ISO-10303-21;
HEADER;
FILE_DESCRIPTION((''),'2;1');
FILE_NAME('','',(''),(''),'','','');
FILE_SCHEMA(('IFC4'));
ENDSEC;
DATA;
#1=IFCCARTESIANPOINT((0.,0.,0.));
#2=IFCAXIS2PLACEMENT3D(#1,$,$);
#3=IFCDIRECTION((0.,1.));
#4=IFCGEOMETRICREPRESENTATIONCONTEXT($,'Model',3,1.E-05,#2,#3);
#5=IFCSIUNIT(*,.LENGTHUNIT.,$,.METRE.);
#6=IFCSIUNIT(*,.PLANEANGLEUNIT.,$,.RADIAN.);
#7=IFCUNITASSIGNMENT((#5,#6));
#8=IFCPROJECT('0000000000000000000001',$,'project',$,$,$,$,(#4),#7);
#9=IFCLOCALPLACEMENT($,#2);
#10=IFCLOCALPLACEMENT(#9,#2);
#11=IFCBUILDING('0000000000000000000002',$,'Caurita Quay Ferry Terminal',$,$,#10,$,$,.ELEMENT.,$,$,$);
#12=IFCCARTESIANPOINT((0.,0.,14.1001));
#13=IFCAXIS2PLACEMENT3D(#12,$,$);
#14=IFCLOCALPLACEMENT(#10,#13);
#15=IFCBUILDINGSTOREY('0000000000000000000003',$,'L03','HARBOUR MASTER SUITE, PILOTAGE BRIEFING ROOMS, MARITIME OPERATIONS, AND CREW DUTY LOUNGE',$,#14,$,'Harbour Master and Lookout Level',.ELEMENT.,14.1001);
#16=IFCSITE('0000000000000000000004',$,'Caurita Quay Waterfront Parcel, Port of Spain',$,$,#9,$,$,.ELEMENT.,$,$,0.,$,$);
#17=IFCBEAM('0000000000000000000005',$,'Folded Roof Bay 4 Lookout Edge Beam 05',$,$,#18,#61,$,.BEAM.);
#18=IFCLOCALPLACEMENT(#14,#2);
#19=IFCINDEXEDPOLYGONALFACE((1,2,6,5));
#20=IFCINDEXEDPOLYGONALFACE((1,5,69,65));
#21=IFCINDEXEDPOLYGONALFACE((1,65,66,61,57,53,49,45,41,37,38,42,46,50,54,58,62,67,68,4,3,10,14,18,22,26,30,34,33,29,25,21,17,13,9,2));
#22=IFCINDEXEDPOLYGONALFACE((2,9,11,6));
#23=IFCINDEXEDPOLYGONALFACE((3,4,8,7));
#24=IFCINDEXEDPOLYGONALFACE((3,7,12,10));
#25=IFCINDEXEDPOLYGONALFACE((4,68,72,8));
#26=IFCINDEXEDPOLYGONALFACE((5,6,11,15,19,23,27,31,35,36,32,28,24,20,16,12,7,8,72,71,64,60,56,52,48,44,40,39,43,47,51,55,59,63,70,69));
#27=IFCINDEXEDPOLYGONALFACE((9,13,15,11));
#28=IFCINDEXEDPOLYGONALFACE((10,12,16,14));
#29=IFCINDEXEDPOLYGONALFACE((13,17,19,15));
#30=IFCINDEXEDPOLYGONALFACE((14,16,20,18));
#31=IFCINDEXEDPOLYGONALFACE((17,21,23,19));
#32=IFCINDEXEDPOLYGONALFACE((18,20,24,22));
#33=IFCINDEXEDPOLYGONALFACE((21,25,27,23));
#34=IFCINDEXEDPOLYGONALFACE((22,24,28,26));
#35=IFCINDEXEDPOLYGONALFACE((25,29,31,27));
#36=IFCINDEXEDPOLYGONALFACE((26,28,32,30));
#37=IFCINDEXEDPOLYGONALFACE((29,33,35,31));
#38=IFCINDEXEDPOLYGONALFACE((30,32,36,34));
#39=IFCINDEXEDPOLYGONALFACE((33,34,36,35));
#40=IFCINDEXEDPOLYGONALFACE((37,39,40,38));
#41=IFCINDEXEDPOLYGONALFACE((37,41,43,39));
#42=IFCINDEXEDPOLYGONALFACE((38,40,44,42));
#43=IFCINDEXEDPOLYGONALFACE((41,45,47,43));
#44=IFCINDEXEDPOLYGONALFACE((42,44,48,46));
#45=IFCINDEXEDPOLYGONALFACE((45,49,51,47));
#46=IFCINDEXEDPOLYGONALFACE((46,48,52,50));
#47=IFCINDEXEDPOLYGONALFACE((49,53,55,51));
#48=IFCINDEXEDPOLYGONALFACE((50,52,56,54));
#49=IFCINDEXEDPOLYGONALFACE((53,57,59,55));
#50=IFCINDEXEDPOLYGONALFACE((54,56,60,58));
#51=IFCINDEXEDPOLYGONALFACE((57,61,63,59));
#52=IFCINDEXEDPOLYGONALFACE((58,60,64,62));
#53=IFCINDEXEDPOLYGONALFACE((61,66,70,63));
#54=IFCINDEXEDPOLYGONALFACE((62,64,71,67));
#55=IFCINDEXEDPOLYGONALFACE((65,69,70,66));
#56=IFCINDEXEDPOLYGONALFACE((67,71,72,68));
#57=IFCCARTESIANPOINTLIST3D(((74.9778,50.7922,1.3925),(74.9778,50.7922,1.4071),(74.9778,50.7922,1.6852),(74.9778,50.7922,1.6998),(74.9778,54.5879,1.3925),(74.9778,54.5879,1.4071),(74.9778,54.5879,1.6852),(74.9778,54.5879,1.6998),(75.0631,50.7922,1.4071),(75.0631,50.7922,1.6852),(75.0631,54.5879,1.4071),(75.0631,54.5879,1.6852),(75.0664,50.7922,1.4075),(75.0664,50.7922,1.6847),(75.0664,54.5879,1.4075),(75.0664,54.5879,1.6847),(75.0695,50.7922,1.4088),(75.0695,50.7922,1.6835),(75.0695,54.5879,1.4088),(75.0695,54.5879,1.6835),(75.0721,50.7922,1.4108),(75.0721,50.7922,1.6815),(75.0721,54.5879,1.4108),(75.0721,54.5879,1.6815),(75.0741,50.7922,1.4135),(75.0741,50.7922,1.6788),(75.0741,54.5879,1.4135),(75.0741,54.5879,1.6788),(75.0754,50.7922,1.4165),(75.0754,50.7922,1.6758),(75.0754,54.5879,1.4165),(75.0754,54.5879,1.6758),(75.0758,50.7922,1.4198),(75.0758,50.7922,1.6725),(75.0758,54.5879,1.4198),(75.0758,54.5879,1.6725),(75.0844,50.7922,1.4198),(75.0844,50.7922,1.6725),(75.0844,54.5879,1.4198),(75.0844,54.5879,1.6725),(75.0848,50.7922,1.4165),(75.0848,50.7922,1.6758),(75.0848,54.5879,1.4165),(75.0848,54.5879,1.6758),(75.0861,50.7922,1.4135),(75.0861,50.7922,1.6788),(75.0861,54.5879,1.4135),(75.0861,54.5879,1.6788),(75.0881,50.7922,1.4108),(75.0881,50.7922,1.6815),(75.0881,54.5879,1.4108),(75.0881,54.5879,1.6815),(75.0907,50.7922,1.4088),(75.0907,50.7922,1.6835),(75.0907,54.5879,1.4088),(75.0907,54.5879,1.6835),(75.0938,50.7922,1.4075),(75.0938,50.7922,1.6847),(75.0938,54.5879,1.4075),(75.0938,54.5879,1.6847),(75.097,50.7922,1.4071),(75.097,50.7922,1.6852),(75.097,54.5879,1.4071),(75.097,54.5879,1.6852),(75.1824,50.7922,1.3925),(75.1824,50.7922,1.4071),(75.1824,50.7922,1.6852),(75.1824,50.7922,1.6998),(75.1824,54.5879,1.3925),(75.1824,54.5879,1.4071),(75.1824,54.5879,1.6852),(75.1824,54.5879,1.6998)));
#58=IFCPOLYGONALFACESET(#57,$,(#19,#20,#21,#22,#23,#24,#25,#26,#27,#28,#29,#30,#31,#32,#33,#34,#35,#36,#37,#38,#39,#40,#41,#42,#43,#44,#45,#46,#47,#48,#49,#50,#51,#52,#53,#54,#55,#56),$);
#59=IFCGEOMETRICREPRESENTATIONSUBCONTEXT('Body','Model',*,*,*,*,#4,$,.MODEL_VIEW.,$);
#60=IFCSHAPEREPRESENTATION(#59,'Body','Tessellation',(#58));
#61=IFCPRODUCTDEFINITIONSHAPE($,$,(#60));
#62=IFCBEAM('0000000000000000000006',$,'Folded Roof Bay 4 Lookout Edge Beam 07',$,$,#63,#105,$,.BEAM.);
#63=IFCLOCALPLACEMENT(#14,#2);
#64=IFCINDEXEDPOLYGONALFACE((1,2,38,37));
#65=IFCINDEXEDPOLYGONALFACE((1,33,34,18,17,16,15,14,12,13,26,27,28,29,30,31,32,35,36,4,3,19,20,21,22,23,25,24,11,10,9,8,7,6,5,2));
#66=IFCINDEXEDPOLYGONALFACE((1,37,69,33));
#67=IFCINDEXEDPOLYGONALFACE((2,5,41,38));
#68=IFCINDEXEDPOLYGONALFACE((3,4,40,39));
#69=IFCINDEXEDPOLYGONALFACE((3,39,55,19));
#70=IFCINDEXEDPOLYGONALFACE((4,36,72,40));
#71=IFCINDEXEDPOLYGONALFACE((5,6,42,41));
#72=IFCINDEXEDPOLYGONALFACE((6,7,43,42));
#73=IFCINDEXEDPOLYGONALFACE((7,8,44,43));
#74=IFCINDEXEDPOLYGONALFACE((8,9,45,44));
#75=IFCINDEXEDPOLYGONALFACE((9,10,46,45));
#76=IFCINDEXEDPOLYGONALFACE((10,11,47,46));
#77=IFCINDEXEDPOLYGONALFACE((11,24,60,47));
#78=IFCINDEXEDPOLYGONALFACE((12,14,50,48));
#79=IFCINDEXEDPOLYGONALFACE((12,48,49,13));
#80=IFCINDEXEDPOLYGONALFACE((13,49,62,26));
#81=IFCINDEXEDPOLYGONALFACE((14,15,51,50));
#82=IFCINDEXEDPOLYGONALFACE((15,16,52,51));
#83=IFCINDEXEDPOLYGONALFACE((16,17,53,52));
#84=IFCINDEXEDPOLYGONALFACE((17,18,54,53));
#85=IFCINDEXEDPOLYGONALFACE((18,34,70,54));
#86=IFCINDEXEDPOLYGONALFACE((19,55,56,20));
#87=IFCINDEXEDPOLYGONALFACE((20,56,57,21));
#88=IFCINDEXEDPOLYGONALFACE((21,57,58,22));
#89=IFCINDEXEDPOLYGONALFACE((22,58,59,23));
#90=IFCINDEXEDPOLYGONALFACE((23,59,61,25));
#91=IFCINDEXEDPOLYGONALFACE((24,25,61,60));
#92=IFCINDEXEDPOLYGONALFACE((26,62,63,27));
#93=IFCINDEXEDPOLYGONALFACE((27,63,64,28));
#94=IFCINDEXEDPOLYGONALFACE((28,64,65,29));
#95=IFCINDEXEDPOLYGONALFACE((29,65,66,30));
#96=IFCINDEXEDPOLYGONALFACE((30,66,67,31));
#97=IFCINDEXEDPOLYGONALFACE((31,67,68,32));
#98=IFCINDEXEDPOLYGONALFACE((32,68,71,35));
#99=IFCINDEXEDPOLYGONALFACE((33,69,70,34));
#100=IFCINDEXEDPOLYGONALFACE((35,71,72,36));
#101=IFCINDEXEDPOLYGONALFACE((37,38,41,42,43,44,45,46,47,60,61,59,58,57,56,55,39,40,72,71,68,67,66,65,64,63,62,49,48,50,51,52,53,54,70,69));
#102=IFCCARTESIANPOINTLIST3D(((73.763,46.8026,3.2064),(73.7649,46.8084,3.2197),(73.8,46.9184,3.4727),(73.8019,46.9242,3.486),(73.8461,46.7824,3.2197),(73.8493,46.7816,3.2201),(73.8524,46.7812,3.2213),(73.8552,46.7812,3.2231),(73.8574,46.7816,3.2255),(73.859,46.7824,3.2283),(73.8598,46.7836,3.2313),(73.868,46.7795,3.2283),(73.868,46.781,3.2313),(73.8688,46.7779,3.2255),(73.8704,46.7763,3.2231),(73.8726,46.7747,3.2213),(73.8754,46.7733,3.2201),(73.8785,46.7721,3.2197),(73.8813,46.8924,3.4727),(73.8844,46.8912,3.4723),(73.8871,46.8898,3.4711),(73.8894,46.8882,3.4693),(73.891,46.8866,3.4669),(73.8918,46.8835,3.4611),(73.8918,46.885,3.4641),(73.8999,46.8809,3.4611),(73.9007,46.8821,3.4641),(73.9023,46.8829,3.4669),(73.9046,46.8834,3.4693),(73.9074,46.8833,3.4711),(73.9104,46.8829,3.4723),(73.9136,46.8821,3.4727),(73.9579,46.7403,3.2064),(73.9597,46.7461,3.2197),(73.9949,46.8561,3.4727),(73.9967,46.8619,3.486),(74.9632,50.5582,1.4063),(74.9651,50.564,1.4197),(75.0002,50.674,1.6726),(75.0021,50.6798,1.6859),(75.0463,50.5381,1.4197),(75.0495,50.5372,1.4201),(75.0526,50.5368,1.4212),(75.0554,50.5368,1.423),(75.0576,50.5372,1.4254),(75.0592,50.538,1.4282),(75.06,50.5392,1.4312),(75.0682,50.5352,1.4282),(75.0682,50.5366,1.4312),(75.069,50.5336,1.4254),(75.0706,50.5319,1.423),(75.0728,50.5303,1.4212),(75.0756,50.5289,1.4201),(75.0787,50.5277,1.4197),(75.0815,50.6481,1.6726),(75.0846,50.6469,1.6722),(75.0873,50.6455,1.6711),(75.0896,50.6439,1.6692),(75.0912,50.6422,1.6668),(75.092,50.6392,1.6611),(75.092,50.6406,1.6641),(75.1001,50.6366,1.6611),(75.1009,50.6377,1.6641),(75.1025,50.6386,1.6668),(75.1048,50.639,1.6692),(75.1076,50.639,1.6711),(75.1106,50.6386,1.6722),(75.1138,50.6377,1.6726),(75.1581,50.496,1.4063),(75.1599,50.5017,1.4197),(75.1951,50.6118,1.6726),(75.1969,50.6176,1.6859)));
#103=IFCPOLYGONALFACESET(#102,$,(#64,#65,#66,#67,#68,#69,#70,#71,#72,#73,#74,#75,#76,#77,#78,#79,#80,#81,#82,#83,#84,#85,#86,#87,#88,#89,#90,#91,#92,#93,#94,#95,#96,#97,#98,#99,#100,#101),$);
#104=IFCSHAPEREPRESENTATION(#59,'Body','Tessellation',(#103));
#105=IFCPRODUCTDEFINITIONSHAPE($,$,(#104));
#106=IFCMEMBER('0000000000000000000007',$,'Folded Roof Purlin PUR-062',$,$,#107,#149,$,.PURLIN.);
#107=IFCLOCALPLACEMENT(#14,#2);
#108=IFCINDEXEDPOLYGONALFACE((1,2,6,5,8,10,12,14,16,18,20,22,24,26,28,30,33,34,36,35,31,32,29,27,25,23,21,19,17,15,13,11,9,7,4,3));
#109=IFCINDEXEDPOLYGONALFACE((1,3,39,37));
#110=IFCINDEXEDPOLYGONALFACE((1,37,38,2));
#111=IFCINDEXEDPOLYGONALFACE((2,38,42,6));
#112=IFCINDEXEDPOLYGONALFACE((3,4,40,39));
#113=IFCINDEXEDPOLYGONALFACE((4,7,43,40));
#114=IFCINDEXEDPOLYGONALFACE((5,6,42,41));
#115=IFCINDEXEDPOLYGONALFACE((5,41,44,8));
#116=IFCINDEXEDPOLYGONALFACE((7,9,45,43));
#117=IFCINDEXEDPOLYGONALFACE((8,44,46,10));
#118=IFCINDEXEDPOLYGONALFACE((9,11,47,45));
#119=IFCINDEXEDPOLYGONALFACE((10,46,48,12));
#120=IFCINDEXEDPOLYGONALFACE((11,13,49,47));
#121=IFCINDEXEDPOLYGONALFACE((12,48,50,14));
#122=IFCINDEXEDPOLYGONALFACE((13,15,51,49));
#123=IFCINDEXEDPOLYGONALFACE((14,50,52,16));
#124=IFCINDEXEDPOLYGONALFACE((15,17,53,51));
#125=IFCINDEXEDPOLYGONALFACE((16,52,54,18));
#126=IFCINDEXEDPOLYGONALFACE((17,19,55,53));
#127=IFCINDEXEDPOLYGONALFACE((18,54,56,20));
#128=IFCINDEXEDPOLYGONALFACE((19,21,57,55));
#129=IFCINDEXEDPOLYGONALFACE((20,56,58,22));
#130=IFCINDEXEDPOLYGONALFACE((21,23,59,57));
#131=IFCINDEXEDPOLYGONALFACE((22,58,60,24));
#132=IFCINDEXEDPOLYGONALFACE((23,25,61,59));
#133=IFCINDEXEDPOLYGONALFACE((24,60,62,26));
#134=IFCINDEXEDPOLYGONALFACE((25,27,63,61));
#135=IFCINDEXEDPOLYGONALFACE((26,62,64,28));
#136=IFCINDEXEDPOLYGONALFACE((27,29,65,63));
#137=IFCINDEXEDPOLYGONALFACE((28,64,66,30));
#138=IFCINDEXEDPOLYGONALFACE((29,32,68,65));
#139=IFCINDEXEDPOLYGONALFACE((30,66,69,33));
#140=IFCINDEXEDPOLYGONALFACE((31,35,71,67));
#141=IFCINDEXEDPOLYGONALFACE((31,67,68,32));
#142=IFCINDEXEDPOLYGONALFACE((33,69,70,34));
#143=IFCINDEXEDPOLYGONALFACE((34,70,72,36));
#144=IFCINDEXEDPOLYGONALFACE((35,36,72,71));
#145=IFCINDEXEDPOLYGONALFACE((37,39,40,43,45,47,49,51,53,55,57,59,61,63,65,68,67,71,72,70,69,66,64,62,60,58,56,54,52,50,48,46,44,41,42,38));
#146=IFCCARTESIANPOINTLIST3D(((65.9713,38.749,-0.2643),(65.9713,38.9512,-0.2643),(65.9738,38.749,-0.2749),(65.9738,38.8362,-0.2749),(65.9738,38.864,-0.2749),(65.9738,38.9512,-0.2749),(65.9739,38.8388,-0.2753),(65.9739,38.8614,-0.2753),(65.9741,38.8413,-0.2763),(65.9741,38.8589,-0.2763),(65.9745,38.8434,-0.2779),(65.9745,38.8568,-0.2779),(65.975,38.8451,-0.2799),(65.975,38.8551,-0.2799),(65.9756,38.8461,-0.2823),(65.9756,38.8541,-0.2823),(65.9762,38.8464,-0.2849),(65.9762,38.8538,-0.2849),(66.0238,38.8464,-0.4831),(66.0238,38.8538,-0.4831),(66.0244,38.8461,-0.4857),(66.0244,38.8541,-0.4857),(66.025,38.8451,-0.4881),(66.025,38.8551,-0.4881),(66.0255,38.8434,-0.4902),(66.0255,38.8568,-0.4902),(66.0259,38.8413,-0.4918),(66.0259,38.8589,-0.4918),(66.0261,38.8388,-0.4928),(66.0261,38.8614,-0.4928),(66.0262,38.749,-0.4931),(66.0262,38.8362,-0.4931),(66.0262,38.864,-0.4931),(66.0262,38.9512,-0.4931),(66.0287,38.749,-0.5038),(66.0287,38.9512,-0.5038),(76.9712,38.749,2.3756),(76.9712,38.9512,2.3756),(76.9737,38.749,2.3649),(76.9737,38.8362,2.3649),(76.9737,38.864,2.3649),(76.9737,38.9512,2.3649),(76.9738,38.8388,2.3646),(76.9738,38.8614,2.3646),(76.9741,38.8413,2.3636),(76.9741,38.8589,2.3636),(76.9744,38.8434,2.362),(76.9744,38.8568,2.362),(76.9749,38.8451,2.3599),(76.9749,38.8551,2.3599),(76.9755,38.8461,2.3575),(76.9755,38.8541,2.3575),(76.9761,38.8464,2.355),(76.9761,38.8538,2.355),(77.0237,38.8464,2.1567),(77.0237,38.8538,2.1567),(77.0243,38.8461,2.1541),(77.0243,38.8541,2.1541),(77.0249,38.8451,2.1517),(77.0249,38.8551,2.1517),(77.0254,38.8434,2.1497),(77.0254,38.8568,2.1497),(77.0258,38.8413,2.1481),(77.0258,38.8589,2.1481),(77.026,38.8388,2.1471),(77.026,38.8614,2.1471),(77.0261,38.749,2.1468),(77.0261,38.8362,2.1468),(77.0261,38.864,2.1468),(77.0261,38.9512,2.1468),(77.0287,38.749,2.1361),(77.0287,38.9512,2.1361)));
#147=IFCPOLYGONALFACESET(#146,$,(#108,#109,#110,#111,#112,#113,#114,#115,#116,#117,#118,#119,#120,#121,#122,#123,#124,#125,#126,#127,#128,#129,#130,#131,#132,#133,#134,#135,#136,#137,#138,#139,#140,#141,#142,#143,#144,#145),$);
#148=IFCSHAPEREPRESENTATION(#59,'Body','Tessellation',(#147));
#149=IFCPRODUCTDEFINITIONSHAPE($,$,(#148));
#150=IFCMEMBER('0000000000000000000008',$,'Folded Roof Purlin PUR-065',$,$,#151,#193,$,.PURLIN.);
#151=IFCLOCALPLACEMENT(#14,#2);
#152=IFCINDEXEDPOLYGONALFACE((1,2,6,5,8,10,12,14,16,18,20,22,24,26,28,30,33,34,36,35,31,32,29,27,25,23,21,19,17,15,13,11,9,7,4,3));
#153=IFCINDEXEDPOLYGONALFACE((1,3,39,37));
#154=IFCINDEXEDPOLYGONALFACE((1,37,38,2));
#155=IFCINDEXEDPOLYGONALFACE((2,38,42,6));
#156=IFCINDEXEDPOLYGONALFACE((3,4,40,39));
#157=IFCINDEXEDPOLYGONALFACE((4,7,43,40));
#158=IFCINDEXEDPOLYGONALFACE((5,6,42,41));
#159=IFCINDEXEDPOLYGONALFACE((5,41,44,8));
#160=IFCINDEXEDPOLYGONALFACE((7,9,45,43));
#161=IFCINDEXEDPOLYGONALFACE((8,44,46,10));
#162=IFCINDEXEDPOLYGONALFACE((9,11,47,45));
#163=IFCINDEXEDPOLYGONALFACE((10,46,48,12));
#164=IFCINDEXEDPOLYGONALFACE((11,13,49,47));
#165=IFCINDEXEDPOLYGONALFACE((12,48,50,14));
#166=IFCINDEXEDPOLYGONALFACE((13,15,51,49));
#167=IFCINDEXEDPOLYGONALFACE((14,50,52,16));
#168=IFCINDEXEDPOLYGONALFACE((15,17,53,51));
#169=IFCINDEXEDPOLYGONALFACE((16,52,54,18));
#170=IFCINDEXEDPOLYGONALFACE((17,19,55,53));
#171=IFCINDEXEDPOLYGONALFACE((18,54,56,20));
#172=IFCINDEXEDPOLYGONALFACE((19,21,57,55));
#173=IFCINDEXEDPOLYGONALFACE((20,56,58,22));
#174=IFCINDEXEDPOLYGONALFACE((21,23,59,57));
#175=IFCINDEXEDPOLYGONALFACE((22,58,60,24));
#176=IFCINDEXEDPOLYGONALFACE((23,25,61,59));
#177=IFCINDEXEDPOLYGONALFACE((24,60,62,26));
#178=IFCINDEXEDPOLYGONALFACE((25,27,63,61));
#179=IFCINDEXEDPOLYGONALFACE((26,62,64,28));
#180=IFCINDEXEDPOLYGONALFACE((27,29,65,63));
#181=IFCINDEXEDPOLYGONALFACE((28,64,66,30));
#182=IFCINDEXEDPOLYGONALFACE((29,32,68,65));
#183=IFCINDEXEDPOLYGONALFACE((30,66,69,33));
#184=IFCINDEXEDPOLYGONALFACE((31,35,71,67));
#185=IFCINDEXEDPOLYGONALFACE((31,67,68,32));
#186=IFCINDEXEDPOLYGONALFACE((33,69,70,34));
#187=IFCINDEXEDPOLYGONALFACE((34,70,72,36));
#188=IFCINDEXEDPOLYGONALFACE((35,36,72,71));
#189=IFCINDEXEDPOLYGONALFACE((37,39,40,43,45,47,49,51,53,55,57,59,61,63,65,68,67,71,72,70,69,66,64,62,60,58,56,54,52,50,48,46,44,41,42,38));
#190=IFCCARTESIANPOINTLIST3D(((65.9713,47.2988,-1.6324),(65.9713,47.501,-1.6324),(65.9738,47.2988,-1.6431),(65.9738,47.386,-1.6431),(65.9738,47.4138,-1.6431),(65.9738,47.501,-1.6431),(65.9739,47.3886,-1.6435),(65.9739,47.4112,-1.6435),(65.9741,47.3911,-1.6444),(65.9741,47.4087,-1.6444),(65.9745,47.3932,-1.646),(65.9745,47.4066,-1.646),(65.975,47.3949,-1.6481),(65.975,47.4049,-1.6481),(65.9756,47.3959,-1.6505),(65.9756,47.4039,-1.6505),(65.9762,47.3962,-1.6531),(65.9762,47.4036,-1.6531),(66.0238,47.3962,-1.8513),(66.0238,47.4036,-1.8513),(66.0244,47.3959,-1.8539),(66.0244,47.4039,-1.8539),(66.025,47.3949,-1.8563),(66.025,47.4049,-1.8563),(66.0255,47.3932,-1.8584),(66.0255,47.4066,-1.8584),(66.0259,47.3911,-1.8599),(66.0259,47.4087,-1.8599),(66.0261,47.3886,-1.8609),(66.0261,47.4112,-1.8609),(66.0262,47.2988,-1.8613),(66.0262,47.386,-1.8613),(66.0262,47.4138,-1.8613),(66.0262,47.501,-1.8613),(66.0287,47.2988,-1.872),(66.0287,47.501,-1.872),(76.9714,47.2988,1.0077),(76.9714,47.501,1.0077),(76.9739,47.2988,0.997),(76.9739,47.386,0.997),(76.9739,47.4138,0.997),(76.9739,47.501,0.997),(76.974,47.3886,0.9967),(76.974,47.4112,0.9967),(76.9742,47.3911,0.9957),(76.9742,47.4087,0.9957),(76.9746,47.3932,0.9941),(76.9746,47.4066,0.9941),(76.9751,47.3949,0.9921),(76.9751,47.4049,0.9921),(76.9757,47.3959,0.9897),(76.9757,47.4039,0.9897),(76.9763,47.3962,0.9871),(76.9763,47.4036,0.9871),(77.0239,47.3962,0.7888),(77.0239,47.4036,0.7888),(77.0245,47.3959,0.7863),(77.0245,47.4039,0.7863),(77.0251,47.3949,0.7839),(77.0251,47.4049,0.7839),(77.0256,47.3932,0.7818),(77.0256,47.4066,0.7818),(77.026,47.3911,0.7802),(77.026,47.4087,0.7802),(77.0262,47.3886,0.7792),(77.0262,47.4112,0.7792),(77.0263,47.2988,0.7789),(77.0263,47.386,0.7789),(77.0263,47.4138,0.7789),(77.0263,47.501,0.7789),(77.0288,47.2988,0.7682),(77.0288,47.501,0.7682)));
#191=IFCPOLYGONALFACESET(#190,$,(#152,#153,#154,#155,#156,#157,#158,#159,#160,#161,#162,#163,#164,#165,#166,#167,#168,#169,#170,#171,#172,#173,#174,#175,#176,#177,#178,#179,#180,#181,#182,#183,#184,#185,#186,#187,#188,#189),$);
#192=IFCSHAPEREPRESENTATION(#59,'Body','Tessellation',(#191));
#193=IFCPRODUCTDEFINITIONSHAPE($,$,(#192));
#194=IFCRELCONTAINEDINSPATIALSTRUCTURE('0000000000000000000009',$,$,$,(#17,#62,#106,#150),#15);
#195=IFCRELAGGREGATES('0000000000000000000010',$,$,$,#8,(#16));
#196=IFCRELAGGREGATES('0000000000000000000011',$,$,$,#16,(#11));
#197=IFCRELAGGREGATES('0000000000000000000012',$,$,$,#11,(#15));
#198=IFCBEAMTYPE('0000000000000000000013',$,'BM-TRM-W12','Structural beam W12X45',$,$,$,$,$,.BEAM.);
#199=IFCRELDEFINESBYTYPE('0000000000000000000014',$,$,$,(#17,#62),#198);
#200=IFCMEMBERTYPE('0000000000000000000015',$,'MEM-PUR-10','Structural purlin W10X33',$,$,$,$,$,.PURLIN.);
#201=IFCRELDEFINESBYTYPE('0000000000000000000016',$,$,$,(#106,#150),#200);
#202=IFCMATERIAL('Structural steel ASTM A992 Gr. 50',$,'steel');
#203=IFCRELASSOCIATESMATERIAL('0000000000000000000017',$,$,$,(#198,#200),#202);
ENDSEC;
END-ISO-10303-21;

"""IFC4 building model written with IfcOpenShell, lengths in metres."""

from ifc_helpers import new_model, si_unit, direction, frame, origin, origin_2d, place, context, subcontext, project, spatial, i_section, extrude, material, material_profile, profile_set, type_object, element, save


model = new_model("IFC4")

# Units and contexts
model_context = context("Model", 3, precision=1e-05, world=origin(), true_north=direction((0.0, 1.0)))
body_context = subcontext(model_context, "Body", "Model", "MODEL_VIEW")
ifc_project = project(units=[si_unit("LENGTHUNIT", "METRE"), si_unit("PLANEANGLEUNIT", "RADIAN")], contexts=[model_context])

# Site, building, storey
site_placement = place(None, origin())
site = spatial("IfcSite", under=ifc_project, at=site_placement, Name="Caurita Quay Waterfront Parcel, Port of Spain", CompositionType="ELEMENT", RefElevation=0.0)
building_placement = place(site_placement, origin())
building = spatial("IfcBuilding", under=site, at=building_placement, Name="Caurita Quay Ferry Terminal", CompositionType="ELEMENT")
storey_placement = place(building_placement, frame((0.0, 0.0, 14.1001)))
storey = spatial("IfcBuildingStorey", under=building, at=storey_placement, Name="L03", Description="HARBOUR MASTER SUITE, PILOTAGE BRIEFING ROOMS, MARITIME OPERATIONS, AND CREW DUTY LOUNGE", LongName="Harbour Master and Lookout Level", CompositionType="ELEMENT", Elevation=14.1001)

# Beams
ifc_material_1 = material(Name="Structural steel ASTM A992 Gr. 50", Category="steel")
ifc_material_profile_1 = material_profile(ifc_material_1, i_section(OverallWidth=0.2046, OverallDepth=0.3074, WebThickness=0.0085, FlangeThickness=0.0146, FilletRadius=0.0127, at=origin_2d()), Name="W12X45")
ifc_profile_set_1 = profile_set([ifc_material_profile_1], Name="Structural steel ASTM A992 Gr. 50")
beam_type_1 = type_object("IfcBeamType", Name="BM-TRM-W12", Description="Structural beam W12X45", PredefinedType="BEAM", material=ifc_profile_set_1)
beam_1_placement = place(storey_placement, frame((75.0801, 54.5879, 1.5461), z_axis=(0.0, -1.0, 0.0), x_axis=(1.0, 0.0, 0.0)))
element("IfcBeam", 1, at=beam_1_placement, inside=storey, type_object=beam_type_1, Name="Folded Roof Bay 4 Lookout Edge Beam 05", PredefinedType="BEAM", context=body_context, shape_type="SweptSolid", body=[
    extrude(i_section(OverallWidth=0.2046, OverallDepth=0.3074, WebThickness=0.0085, FlangeThickness=0.0146, FilletRadius=0.0127, at=origin_2d()), origin(), (0.0, 0.0, 1.0), 3.7957),
])
beam_2_placement = place(storey_placement, frame((75.0801, 50.5879, 1.5461), z_axis=(-0.276913, -0.866507, 0.415313), x_axis=(0.952542, -0.304407, 0.0)))
element("IfcBeam", 2, at=beam_2_placement, inside=storey, type_object=beam_type_1, Name="Folded Roof Bay 4 Lookout Edge Beam 07", PredefinedType="BEAM", context=body_context, shape_type="SweptSolid", body=[
    extrude(i_section(OverallWidth=0.2046, OverallDepth=0.3074, WebThickness=0.0085, FlangeThickness=0.0146, FilletRadius=0.0127, at=origin_2d()), origin(), (0.0, 0.0, 1.0), 4.3342),
])

# Members
ifc_material_profile_2 = material_profile(ifc_material_1, i_section(OverallWidth=0.2021, OverallDepth=0.2463, WebThickness=0.0073, FlangeThickness=0.011, FilletRadius=0.0103, at=origin_2d()), Name="W10X33")
ifc_profile_set_2 = profile_set([ifc_material_profile_2], Name="Structural steel ASTM A992 Gr. 50")
member_type_1 = type_object("IfcMemberType", Name="MEM-PUR-10", Description="Structural purlin W10X33", PredefinedType="PURLIN", material=ifc_profile_set_2)
member_1_placement = place(storey_placement, frame((66.0, 38.8501, -0.384), z_axis=(0.972389, 0.0, 0.233364), x_axis=(0.0, 1.0, 0.0)))
element("IfcMember", 3, at=member_1_placement, inside=storey, type_object=member_type_1, Name="Folded Roof Purlin PUR-062", PredefinedType="PURLIN", context=body_context, shape_type="SweptSolid", body=[
    extrude(i_section(OverallWidth=0.2021, OverallDepth=0.2463, WebThickness=0.0073, FlangeThickness=0.011, FilletRadius=0.0103, at=origin_2d()), origin(), (0.0, 0.0, 1.0), 11.3123),
])
member_2_placement = place(storey_placement, frame((66.0, 47.3999, -1.7522), z_axis=(0.972385, 0.0, 0.233384), x_axis=(0.0, 1.0, 0.0)))
element("IfcMember", 4, at=member_2_placement, inside=storey, type_object=member_type_1, Name="Folded Roof Purlin PUR-065", PredefinedType="PURLIN", context=body_context, shape_type="SweptSolid", body=[
    extrude(i_section(OverallWidth=0.2021, OverallDepth=0.2463, WebThickness=0.0073, FlangeThickness=0.011, FilletRadius=0.0103, at=origin_2d()), origin(), (0.0, 0.0, 1.0), 11.3125),
])

save(model, "model.ifc")
